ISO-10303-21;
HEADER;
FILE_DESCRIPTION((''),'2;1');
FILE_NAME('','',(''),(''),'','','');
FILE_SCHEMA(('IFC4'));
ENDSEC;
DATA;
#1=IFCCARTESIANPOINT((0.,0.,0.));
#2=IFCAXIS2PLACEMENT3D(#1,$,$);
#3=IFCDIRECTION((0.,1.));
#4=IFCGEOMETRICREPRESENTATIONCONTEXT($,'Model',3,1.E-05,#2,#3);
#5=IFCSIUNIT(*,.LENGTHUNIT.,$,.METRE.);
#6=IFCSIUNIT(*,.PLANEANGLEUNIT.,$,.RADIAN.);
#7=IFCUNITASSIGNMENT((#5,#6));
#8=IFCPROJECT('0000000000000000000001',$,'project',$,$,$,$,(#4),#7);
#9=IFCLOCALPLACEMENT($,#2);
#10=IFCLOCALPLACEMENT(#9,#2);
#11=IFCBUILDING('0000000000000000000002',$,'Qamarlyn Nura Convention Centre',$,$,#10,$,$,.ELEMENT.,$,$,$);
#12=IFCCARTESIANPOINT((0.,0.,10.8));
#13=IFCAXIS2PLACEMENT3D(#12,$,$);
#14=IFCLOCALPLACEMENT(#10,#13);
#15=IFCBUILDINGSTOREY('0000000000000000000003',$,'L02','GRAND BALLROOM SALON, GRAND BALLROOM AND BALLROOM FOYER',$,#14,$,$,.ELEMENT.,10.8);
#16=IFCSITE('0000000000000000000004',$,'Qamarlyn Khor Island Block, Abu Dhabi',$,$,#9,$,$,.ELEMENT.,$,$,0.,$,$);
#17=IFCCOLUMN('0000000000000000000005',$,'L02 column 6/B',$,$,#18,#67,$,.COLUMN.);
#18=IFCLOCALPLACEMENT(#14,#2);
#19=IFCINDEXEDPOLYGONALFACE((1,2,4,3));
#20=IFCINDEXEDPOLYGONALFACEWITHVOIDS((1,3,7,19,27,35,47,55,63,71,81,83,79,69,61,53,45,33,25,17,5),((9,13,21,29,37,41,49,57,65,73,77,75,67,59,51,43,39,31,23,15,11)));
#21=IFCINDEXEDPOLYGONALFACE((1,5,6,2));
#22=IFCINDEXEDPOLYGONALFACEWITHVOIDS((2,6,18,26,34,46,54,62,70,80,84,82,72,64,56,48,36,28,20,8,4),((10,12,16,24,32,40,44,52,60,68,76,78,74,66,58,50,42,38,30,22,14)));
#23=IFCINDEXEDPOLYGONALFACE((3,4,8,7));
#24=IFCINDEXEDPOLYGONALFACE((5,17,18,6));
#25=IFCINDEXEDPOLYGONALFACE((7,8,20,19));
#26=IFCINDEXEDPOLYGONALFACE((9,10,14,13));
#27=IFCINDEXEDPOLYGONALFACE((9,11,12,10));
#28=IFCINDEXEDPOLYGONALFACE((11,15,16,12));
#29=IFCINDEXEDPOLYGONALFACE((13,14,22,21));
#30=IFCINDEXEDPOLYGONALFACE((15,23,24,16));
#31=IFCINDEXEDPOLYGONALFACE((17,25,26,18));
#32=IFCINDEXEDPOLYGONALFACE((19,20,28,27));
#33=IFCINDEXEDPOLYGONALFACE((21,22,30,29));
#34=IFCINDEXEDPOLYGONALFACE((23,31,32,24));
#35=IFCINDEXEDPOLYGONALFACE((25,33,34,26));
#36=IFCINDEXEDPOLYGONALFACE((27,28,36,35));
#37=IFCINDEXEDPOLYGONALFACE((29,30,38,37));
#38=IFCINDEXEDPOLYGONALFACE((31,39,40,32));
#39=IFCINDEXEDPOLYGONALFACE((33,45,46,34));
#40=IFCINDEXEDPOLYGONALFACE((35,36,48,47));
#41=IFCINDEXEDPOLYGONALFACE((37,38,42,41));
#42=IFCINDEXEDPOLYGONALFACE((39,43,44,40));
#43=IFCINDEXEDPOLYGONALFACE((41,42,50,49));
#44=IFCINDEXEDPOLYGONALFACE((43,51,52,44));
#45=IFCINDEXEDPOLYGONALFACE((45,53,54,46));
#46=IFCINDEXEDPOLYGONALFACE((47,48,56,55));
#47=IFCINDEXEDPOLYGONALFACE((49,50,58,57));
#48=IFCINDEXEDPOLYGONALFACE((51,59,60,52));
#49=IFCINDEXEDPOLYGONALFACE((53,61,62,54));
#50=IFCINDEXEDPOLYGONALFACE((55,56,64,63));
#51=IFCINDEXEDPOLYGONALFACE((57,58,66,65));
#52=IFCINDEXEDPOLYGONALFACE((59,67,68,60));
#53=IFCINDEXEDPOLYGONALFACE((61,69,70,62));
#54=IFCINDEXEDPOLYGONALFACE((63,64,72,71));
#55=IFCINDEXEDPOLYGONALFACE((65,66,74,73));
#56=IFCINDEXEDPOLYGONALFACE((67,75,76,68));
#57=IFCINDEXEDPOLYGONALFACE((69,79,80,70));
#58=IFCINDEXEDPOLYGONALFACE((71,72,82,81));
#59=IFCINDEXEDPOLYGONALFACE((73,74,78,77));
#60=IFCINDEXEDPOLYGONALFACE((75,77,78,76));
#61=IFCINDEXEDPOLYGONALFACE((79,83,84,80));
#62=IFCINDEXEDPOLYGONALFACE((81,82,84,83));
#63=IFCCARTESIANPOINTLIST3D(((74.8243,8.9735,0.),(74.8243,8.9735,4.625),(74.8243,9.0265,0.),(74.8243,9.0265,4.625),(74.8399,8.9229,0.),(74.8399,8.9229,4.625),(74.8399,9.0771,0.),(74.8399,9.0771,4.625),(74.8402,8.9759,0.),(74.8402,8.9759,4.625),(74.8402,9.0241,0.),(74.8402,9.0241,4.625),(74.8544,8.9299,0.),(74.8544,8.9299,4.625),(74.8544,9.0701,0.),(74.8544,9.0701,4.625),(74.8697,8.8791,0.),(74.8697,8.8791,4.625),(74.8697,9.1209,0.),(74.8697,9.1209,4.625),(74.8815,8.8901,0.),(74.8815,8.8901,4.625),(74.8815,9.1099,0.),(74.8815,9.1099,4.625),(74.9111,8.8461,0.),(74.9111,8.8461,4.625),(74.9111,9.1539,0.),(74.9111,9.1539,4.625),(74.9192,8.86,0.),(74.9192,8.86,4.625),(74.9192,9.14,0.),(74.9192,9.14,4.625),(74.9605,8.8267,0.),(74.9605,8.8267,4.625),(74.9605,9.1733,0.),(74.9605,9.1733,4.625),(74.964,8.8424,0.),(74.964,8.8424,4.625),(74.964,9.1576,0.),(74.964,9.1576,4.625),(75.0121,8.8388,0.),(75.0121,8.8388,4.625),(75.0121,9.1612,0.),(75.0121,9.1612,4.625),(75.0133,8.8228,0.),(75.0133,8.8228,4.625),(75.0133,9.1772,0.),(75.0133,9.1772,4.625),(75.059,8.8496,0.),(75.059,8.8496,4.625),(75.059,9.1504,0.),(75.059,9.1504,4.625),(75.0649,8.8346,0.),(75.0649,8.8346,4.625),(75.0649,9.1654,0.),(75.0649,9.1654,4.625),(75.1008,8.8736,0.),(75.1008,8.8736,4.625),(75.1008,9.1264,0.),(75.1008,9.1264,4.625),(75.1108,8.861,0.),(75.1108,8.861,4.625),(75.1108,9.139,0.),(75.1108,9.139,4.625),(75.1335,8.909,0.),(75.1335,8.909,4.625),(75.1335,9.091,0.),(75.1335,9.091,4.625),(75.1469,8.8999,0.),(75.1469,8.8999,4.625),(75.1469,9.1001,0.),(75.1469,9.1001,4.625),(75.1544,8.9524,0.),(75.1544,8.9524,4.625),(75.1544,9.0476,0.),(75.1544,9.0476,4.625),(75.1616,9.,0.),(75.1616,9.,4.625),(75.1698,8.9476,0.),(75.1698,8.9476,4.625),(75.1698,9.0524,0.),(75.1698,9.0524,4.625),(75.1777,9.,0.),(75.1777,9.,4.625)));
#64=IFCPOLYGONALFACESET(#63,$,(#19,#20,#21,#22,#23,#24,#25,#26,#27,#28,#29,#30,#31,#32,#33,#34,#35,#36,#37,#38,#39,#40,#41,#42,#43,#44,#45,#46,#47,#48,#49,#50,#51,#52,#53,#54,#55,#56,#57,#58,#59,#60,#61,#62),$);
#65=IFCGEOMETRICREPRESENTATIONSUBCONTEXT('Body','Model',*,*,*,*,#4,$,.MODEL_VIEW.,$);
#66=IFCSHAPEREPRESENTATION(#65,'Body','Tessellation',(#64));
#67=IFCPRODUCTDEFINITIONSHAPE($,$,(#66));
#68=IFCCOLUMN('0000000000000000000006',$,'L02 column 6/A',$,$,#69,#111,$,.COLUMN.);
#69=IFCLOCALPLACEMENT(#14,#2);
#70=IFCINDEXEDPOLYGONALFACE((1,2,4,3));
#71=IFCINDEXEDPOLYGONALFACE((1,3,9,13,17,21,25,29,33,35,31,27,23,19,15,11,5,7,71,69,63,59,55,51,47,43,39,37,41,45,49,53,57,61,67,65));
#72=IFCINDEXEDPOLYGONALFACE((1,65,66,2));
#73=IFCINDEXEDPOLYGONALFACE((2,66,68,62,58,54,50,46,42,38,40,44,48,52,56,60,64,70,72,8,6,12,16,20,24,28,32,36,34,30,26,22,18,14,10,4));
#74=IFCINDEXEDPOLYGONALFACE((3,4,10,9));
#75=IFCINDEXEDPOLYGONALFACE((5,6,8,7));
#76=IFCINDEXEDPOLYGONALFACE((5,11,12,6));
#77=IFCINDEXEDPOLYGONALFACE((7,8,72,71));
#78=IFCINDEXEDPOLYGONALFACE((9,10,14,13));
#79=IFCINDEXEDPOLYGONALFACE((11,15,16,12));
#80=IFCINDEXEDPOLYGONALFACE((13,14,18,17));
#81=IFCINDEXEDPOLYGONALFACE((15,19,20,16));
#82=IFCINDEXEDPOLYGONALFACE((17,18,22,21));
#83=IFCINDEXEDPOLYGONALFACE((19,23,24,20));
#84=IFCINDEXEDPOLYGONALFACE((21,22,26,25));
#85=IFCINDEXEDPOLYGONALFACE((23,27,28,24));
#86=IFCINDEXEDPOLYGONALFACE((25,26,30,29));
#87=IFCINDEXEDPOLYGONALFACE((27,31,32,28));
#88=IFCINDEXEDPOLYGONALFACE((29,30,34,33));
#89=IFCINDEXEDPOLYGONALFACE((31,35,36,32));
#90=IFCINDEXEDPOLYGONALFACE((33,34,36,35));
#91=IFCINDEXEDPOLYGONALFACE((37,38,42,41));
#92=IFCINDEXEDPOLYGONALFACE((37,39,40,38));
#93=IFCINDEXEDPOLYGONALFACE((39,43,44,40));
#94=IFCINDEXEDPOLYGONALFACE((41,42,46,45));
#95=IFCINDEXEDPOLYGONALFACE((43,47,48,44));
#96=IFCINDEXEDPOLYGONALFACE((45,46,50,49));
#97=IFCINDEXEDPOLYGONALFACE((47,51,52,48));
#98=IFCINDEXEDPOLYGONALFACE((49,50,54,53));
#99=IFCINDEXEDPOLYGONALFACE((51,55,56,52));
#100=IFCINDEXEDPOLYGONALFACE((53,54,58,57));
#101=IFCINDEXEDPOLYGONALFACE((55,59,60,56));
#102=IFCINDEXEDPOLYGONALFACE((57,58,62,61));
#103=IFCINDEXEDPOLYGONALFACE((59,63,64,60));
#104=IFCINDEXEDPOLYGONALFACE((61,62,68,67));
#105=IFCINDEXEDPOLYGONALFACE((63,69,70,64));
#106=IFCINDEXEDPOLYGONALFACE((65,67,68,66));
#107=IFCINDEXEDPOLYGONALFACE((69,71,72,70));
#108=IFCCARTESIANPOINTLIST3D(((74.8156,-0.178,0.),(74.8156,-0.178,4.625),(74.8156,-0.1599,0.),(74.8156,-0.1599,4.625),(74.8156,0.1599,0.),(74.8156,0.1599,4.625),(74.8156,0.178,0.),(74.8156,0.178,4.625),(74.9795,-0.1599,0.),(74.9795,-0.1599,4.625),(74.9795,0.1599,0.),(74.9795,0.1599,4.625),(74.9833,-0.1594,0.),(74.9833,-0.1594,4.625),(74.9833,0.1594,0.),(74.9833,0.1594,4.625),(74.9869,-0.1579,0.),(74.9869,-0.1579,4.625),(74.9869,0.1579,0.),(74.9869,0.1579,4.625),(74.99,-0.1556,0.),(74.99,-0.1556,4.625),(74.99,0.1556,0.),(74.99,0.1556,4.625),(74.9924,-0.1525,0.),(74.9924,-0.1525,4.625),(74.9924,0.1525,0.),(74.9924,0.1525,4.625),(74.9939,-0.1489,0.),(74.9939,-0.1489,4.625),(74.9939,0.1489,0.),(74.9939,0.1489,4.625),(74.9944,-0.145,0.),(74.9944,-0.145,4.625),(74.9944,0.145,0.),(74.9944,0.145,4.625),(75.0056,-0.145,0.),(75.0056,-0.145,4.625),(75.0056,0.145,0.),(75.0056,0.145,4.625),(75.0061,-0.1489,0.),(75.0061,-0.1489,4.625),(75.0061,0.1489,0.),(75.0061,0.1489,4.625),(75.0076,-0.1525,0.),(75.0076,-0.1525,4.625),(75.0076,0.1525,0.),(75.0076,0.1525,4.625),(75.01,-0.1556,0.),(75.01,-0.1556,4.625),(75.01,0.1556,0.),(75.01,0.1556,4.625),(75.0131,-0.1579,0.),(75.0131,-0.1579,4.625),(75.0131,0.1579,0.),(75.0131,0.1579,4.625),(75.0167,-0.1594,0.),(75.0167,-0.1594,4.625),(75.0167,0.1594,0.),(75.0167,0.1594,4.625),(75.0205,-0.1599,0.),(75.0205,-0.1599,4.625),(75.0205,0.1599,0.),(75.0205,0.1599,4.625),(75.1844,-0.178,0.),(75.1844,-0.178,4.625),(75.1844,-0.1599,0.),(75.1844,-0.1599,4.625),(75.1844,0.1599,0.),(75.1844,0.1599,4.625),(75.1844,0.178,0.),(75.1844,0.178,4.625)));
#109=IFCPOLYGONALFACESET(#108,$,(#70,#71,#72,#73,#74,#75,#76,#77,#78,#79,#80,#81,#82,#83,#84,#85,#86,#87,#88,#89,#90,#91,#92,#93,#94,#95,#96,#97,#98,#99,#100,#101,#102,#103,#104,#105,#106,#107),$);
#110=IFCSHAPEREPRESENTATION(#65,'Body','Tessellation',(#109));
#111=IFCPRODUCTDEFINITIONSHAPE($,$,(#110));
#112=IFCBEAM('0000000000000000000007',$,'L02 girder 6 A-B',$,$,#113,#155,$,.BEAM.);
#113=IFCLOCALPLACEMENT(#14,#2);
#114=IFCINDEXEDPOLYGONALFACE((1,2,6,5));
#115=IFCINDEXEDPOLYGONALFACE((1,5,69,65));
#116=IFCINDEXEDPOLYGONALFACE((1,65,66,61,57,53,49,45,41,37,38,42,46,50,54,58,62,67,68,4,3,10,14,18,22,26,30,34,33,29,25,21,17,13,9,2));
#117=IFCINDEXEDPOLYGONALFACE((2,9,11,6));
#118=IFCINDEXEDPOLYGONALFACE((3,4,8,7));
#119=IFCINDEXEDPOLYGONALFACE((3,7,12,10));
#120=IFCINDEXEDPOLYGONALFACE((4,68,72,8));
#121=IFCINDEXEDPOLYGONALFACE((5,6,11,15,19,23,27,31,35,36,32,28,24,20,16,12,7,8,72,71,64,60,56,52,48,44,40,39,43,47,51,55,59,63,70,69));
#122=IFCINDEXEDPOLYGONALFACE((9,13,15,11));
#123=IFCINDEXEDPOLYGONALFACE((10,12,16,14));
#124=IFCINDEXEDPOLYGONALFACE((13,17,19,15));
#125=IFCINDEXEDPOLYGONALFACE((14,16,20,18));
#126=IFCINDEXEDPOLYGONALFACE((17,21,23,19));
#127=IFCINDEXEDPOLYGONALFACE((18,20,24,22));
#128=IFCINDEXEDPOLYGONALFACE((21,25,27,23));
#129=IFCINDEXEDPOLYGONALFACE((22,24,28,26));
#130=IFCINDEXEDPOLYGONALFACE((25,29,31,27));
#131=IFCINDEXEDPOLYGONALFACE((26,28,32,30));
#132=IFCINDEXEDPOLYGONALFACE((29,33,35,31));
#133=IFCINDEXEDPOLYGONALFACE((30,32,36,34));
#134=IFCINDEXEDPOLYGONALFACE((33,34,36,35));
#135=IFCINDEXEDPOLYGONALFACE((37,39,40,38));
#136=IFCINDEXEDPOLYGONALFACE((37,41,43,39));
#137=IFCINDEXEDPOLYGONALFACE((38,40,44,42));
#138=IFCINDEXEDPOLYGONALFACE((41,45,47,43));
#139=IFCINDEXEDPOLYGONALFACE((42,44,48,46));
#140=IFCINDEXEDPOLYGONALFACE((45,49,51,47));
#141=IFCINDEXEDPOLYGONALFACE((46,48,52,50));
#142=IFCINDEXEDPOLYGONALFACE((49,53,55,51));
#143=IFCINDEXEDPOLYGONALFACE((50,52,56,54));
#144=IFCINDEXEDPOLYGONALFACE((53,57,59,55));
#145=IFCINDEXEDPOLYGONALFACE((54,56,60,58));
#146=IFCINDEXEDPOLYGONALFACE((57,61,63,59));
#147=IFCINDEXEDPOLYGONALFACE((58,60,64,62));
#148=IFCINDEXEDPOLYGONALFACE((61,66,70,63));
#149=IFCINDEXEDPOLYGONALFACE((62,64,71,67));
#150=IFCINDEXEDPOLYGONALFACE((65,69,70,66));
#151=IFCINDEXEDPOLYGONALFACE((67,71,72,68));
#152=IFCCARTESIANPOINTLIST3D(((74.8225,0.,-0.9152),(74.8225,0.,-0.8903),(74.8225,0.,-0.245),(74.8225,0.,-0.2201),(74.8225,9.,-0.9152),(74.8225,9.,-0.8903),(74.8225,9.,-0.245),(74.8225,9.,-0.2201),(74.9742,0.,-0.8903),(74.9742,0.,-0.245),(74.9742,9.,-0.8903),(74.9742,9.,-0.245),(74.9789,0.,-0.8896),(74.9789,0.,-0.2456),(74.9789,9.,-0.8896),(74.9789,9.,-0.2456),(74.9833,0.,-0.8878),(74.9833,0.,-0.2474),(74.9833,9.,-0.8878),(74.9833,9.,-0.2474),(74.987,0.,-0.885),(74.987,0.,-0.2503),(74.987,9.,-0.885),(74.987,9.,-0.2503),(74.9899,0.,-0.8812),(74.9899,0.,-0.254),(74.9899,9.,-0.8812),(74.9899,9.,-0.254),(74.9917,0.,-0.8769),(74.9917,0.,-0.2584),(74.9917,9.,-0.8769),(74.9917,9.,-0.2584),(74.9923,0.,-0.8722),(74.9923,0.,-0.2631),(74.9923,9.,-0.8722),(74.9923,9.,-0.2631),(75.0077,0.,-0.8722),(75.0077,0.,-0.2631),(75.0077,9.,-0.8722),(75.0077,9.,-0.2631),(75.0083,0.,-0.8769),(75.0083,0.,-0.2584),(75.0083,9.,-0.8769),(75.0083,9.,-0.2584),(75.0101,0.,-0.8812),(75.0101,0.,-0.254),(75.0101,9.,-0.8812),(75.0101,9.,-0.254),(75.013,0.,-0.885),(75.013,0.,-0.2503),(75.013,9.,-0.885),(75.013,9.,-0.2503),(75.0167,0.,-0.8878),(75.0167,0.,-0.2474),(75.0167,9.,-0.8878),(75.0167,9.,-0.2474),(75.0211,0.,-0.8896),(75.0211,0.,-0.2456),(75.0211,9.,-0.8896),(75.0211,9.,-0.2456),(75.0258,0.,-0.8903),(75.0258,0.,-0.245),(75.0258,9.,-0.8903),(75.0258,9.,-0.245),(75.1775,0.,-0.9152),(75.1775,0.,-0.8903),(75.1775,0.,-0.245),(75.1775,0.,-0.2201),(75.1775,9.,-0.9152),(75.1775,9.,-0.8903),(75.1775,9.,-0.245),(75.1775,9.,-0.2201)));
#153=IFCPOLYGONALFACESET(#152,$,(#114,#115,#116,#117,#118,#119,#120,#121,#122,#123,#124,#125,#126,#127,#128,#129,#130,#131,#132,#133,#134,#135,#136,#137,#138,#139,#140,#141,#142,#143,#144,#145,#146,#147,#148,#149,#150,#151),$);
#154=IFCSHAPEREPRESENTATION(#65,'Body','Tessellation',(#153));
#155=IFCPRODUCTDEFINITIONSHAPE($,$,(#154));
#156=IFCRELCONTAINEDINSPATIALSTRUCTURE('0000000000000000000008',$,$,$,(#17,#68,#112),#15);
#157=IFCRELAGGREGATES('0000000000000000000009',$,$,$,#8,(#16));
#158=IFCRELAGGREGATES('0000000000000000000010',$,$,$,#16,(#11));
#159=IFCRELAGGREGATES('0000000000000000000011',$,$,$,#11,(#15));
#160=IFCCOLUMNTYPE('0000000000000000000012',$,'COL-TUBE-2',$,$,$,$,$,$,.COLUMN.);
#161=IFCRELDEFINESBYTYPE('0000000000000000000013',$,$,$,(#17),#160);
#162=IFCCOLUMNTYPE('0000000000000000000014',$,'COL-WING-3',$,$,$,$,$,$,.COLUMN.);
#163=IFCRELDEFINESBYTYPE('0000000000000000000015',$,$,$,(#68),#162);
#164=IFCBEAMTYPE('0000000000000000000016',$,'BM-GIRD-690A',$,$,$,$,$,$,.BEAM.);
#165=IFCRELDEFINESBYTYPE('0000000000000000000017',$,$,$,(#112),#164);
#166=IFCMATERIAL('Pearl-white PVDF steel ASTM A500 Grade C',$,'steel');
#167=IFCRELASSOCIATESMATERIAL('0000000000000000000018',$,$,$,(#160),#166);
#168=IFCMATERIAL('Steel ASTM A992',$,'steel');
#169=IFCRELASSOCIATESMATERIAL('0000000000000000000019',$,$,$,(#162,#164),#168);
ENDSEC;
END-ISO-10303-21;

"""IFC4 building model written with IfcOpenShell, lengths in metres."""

from ifc_helpers import new_model, si_unit, direction, frame, origin, origin_2d, place, context, subcontext, project, spatial, hollow_circle, i_section, extrude, material, material_profile, profile_set, type_object, element, save


model = new_model("IFC4")

# Units and contexts
model_context = context("Model", 3, precision=1e-05, world=origin(), true_north=direction((0.0, 1.0)))
body_context = subcontext(model_context, "Body", "Model", "MODEL_VIEW")
ifc_project = project(units=[si_unit("LENGTHUNIT", "METRE"), si_unit("PLANEANGLEUNIT", "RADIAN")], contexts=[model_context])

# Site, building, storey
site_placement = place(None, origin())
site = spatial("IfcSite", under=ifc_project, at=site_placement, Name="Qamarlyn Khor Island Block, Abu Dhabi", CompositionType="ELEMENT", RefElevation=0.0)
building_placement = place(site_placement, origin())
building = spatial("IfcBuilding", under=site, at=building_placement, Name="Qamarlyn Nura Convention Centre", CompositionType="ELEMENT")
storey_placement = place(building_placement, frame((0.0, 0.0, 10.8)))
storey = spatial("IfcBuildingStorey", under=building, at=storey_placement, Name="L02", Description="GRAND BALLROOM SALON, GRAND BALLROOM AND BALLROOM FOYER", CompositionType="ELEMENT", Elevation=10.8)

# Columns
ifc_material_1 = material(Name="Pearl-white PVDF steel ASTM A500 Grade C", Category="steel")
ifc_material_profile_1 = material_profile(ifc_material_1, hollow_circle(Radius=0.1777, WallThickness=0.0161, at=origin_2d()), Name="CHS355.6X16")
ifc_profile_set_1 = profile_set([ifc_material_profile_1], Name="Pearl-white PVDF steel ASTM A500 Grade C")
column_type_1 = type_object("IfcColumnType", Name="COL-TUBE-2", PredefinedType="COLUMN", material=ifc_profile_set_1)
column_1_placement = place(storey_placement, frame((75.0, 9.0, 0.0), z_axis=(0.0, 0.0, 1.0), x_axis=(1.0, 0.0, 0.0)))
element("IfcColumn", 1, at=column_1_placement, inside=storey, type_object=column_type_1, Name="L02 column 6/B", PredefinedType="COLUMN", context=body_context, shape_type="SweptSolid", body=[
    extrude(hollow_circle(Radius=0.1777, WallThickness=0.0161, at=origin_2d()), origin(), (0.0, 0.0, 1.0), 4.625),
])
ifc_material_2 = material(Name="Steel ASTM A992", Category="steel")
ifc_material_profile_2 = material_profile(ifc_material_2, i_section(OverallWidth=0.3689, OverallDepth=0.356, WebThickness=0.0112, FlangeThickness=0.0181, FilletRadius=0.0149, at=origin_2d()), Name="W360X134")
ifc_profile_set_2 = profile_set([ifc_material_profile_2], Name="Steel ASTM A992")
column_type_2 = type_object("IfcColumnType", Name="COL-WING-3", PredefinedType="COLUMN", material=ifc_profile_set_2)
column_2_placement = place(storey_placement, frame((75.0, 0.0, 0.0), z_axis=(0.0, 0.0, 1.0), x_axis=(1.0, 0.0, 0.0)))
element("IfcColumn", 2, at=column_2_placement, inside=storey, type_object=column_type_2, Name="L02 column 6/A", PredefinedType="COLUMN", context=body_context, shape_type="SweptSolid", body=[
    extrude(i_section(OverallWidth=0.3689, OverallDepth=0.356, WebThickness=0.0112, FlangeThickness=0.0181, FilletRadius=0.0149, at=origin_2d()), origin(), (0.0, 0.0, 1.0), 4.625),
])

# Beam
ifc_material_profile_3 = material_profile(ifc_material_2, i_section(OverallWidth=0.355, OverallDepth=0.6951, WebThickness=0.0154, FlangeThickness=0.0249, FilletRadius=0.0181, at=origin_2d()), Name="W690X217")
ifc_profile_set_3 = profile_set([ifc_material_profile_3], Name="Steel ASTM A992")
beam_type_1 = type_object("IfcBeamType", Name="BM-GIRD-690A", PredefinedType="BEAM", material=ifc_profile_set_3)
beam_1_placement = place(storey_placement, frame((75.0, 0.0, -0.5676), z_axis=(0.0, 1.0, 0.0), x_axis=(-1.0, 0.0, 0.0)))
element("IfcBeam", 3, at=beam_1_placement, inside=storey, type_object=beam_type_1, Name="L02 girder 6 A-B", PredefinedType="BEAM", context=body_context, shape_type="SweptSolid", body=[
    extrude(i_section(OverallWidth=0.355, OverallDepth=0.6951, WebThickness=0.0154, FlangeThickness=0.0249, FilletRadius=0.0181, at=origin_2d()), origin(), (0.0, 0.0, 1.0), 9.0),
])

save(model, "model.ifc")
